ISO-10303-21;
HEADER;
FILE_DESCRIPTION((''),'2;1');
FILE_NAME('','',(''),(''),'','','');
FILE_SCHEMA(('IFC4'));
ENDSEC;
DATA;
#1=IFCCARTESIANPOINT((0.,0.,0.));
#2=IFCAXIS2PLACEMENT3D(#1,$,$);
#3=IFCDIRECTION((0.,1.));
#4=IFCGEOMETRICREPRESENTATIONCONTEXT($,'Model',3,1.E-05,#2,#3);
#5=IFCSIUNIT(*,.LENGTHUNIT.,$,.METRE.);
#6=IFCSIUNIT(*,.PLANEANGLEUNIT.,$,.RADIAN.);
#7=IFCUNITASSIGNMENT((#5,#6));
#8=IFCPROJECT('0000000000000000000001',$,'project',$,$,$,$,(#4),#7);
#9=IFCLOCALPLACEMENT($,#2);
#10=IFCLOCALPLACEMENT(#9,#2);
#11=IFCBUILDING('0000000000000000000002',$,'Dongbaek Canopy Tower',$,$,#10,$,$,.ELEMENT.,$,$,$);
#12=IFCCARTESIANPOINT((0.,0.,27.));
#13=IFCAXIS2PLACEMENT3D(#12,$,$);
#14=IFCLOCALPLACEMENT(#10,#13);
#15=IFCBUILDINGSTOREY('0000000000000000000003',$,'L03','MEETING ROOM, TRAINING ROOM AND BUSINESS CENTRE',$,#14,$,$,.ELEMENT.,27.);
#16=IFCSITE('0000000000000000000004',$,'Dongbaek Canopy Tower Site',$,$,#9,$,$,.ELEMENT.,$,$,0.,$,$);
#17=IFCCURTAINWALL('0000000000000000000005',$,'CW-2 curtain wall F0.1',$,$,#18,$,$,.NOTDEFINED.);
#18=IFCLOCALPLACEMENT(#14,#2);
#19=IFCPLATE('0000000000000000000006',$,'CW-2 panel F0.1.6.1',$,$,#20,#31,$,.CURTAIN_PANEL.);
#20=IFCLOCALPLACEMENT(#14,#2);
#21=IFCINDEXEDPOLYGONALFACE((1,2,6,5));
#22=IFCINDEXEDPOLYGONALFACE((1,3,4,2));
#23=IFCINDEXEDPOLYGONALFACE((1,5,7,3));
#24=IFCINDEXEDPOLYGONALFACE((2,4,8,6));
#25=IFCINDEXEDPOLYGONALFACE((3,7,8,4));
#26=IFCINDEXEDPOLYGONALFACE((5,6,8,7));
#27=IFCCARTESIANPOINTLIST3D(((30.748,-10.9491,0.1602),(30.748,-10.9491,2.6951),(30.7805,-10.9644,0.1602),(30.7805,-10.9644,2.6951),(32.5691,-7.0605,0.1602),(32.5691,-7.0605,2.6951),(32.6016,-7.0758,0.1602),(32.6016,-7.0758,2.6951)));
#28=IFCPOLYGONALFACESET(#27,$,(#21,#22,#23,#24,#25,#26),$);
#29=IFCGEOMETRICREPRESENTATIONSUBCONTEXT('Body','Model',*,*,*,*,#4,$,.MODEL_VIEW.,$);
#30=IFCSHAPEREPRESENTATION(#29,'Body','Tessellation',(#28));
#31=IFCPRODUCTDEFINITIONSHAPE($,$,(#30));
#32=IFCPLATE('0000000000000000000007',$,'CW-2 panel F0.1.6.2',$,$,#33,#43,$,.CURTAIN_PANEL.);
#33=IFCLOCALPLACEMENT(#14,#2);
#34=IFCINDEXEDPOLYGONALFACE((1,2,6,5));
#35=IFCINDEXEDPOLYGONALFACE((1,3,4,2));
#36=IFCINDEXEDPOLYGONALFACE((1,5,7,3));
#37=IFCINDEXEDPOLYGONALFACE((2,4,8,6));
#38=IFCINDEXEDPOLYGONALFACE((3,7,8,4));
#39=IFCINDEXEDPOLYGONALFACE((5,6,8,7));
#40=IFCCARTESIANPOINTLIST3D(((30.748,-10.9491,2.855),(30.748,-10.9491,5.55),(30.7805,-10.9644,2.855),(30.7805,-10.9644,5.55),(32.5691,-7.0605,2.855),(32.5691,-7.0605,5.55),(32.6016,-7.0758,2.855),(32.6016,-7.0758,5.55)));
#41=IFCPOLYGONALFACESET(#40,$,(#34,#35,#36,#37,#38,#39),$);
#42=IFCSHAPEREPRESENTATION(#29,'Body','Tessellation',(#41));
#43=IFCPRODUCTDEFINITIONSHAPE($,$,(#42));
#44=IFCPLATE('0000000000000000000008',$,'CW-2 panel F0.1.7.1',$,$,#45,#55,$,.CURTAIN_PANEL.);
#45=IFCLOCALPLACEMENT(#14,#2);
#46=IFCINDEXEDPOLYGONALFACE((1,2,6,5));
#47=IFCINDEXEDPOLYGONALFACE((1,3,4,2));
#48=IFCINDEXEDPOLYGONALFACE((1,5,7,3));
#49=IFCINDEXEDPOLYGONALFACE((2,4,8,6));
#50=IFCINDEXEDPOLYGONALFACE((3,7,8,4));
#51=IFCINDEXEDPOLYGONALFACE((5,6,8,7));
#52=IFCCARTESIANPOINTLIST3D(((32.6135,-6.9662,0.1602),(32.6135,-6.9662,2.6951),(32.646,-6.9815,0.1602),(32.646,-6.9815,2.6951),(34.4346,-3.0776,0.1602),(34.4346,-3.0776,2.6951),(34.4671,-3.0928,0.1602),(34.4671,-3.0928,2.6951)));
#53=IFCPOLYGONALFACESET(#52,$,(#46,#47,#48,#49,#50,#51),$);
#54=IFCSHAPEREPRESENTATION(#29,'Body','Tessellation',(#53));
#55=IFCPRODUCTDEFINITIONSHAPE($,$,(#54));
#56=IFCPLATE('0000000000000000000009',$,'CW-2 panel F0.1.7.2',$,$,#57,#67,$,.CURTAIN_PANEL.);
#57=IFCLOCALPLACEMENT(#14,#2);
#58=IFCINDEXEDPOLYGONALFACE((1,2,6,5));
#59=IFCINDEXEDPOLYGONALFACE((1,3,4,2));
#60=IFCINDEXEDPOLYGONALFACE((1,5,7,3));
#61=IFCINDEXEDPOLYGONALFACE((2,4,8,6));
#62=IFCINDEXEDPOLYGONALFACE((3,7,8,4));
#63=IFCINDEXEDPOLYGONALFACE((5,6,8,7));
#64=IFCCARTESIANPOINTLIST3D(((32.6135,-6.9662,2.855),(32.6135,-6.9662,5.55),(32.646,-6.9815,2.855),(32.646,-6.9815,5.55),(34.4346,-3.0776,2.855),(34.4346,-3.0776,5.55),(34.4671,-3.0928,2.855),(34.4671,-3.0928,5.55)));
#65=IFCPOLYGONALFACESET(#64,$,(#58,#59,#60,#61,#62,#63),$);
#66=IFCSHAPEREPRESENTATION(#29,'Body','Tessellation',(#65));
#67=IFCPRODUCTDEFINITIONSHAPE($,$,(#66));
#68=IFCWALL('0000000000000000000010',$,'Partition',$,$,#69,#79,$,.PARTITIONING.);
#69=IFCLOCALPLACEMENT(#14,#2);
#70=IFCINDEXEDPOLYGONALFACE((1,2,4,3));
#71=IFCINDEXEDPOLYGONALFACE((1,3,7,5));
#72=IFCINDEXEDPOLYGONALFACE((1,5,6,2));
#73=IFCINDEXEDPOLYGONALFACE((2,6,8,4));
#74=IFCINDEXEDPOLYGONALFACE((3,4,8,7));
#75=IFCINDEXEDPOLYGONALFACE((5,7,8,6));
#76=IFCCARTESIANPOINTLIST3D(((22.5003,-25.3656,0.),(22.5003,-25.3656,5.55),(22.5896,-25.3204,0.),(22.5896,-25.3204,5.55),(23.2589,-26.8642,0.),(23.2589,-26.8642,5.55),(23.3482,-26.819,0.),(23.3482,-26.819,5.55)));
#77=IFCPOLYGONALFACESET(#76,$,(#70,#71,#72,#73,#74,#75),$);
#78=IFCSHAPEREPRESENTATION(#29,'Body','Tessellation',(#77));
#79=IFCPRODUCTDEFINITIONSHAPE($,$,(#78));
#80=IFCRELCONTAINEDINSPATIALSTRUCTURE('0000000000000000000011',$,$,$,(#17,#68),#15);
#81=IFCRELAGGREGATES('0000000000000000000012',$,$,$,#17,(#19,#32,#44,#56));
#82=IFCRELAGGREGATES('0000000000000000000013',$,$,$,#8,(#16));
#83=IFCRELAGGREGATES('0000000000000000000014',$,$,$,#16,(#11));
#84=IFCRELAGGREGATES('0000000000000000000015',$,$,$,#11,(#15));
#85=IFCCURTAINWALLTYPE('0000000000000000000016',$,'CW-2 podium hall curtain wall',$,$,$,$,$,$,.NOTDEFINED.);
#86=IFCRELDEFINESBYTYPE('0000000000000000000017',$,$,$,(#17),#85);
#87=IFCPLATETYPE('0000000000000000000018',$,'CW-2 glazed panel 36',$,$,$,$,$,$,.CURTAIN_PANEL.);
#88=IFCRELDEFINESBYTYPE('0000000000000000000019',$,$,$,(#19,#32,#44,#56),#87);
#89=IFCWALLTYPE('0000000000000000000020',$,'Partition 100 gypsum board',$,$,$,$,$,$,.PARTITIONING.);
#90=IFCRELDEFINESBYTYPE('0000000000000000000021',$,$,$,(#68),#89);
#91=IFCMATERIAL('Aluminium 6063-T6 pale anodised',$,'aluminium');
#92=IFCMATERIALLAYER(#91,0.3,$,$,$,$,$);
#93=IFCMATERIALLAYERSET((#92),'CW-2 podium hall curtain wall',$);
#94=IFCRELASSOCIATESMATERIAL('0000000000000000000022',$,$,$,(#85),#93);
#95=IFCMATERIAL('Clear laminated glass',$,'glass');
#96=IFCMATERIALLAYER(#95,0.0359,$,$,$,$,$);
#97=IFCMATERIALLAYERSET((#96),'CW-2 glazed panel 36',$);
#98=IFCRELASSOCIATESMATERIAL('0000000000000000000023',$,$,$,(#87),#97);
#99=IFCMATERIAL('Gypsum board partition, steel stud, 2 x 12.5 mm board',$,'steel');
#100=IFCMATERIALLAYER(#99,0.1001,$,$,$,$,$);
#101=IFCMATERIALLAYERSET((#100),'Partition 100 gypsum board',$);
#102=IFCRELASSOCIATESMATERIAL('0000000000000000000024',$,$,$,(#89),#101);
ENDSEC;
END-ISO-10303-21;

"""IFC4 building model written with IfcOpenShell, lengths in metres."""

from ifc_helpers import new_model, si_unit, direction, frame, frame_2d, origin, origin_2d, place, context, subcontext, project, spatial, rectangle, extrude, material, layer, layer_set, type_object, element, aggregate, save


model = new_model("IFC4")

# Units and contexts
model_context = context("Model", 3, precision=1e-05, world=origin(), true_north=direction((0.0, 1.0)))
body_context = subcontext(model_context, "Body", "Model", "MODEL_VIEW")
ifc_project = project(units=[si_unit("LENGTHUNIT", "METRE"), si_unit("PLANEANGLEUNIT", "RADIAN")], contexts=[model_context])

# Site, building, storey
site_placement = place(None, origin())
site = spatial("IfcSite", under=ifc_project, at=site_placement, Name="Dongbaek Canopy Tower Site", CompositionType="ELEMENT", RefElevation=0.0)
building_placement = place(site_placement, origin())
building = spatial("IfcBuilding", under=site, at=building_placement, Name="Dongbaek Canopy Tower", CompositionType="ELEMENT")
storey_placement = place(building_placement, frame((0.0, 0.0, 27.0)))
storey = spatial("IfcBuildingStorey", under=building, at=storey_placement, Name="L03", Description="MEETING ROOM, TRAINING ROOM AND BUSINESS CENTRE", CompositionType="ELEMENT", Elevation=27.0)

# Curtain wall, plates
ifc_material_1 = material(Name="Aluminium 6063-T6 pale anodised", Category="aluminium")
ifc_layer_1 = layer(ifc_material_1, 0.3)
ifc_layer_set_1 = layer_set([ifc_layer_1], Name="CW-2 podium hall curtain wall")
curtain_wall_type = type_object("IfcCurtainWallType", Name="CW-2 podium hall curtain wall", PredefinedType="NOTDEFINED", material=ifc_layer_set_1)
curtain_wall_placement = place(storey_placement, origin())
curtain_wall = element("IfcCurtainWall", 1, at=curtain_wall_placement, inside=storey, type_object=curtain_wall_type, Name="CW-2 curtain wall F0.1", PredefinedType="NOTDEFINED")
ifc_material_2 = material(Name="Clear laminated glass", Category="glass")
ifc_layer_2 = layer(ifc_material_2, 0.0359)
ifc_layer_set_2 = layer_set([ifc_layer_2], Name="CW-2 glazed panel 36")
plate_type = type_object("IfcPlateType", Name="CW-2 glazed panel 36", PredefinedType="CURTAIN_PANEL", material=ifc_layer_set_2)
plate_1_placement = place(storey_placement, frame((31.6748, -9.0125, 0.1602), z_axis=(0.0, 0.0, 1.0), x_axis=(0.424123, 0.905605, 0.0)))
plate_1 = element("IfcPlate", 2, at=plate_1_placement, type_object=plate_type, Name="CW-2 panel F0.1.6.1", PredefinedType="CURTAIN_PANEL", context=body_context, shape_type="SweptSolid", body=[
    extrude(rectangle(XDim=4.2939, YDim=0.0359, at=origin_2d()), origin(), (0.0, 0.0, 1.0), 2.5349),
])
plate_2_placement = place(storey_placement, frame((31.6748, -9.0125, 2.855), z_axis=(0.0, 0.0, 1.0), x_axis=(0.424123, 0.905605, 0.0)))
plate_2 = element("IfcPlate", 3, at=plate_2_placement, type_object=plate_type, Name="CW-2 panel F0.1.6.2", PredefinedType="CURTAIN_PANEL", context=body_context, shape_type="SweptSolid", body=[
    extrude(rectangle(XDim=4.2939, YDim=0.0359, at=origin_2d()), origin(), (0.0, 0.0, 1.0), 2.6951),
])
plate_3_placement = place(storey_placement, frame((33.5403, -5.0295, 0.1602), z_axis=(0.0, 0.0, 1.0), x_axis=(0.424123, 0.905605, 0.0)))
plate_3 = element("IfcPlate", 4, at=plate_3_placement, type_object=plate_type, Name="CW-2 panel F0.1.7.1", PredefinedType="CURTAIN_PANEL", context=body_context, shape_type="SweptSolid", body=[
    extrude(rectangle(XDim=4.2939, YDim=0.0359, at=origin_2d()), origin(), (0.0, 0.0, 1.0), 2.5349),
])
plate_4_placement = place(storey_placement, frame((33.5403, -5.0295, 2.855), z_axis=(0.0, 0.0, 1.0), x_axis=(0.424123, 0.905605, 0.0)))
plate_4 = element("IfcPlate", 5, at=plate_4_placement, type_object=plate_type, Name="CW-2 panel F0.1.7.2", PredefinedType="CURTAIN_PANEL", context=body_context, shape_type="SweptSolid", body=[
    extrude(rectangle(XDim=4.2939, YDim=0.0359, at=origin_2d()), origin(), (0.0, 0.0, 1.0), 2.6951),
])
aggregate(curtain_wall, [plate_1, plate_2, plate_3, plate_4])

# Wall
ifc_material_3 = material(Name="Gypsum board partition, steel stud, 2 x 12.5 mm board", Category="steel")
ifc_layer_3 = layer(ifc_material_3, 0.1001)
ifc_layer_set_3 = layer_set([ifc_layer_3], Name="Partition 100 gypsum board")
wall_type = type_object("IfcWallType", Name="Partition 100 gypsum board", PredefinedType="PARTITIONING", material=ifc_layer_set_3)
wall_placement = place(storey_placement, frame((22.5449, -25.343, 0.0), z_axis=(0.0, 0.0, 1.0), x_axis=(0.451627, -0.892207, 0.0)))
element("IfcWall", 6, at=wall_placement, inside=storey, type_object=wall_type, Name="Partition", PredefinedType="PARTITIONING", context=body_context, shape_type="SweptSolid", body=[
    extrude(rectangle(XDim=1.6797, YDim=0.1001, at=frame_2d((0.8398, 0.0))), origin(), (0.0, 0.0, 1.0), 5.55),
])

save(model, "model.ifc")
